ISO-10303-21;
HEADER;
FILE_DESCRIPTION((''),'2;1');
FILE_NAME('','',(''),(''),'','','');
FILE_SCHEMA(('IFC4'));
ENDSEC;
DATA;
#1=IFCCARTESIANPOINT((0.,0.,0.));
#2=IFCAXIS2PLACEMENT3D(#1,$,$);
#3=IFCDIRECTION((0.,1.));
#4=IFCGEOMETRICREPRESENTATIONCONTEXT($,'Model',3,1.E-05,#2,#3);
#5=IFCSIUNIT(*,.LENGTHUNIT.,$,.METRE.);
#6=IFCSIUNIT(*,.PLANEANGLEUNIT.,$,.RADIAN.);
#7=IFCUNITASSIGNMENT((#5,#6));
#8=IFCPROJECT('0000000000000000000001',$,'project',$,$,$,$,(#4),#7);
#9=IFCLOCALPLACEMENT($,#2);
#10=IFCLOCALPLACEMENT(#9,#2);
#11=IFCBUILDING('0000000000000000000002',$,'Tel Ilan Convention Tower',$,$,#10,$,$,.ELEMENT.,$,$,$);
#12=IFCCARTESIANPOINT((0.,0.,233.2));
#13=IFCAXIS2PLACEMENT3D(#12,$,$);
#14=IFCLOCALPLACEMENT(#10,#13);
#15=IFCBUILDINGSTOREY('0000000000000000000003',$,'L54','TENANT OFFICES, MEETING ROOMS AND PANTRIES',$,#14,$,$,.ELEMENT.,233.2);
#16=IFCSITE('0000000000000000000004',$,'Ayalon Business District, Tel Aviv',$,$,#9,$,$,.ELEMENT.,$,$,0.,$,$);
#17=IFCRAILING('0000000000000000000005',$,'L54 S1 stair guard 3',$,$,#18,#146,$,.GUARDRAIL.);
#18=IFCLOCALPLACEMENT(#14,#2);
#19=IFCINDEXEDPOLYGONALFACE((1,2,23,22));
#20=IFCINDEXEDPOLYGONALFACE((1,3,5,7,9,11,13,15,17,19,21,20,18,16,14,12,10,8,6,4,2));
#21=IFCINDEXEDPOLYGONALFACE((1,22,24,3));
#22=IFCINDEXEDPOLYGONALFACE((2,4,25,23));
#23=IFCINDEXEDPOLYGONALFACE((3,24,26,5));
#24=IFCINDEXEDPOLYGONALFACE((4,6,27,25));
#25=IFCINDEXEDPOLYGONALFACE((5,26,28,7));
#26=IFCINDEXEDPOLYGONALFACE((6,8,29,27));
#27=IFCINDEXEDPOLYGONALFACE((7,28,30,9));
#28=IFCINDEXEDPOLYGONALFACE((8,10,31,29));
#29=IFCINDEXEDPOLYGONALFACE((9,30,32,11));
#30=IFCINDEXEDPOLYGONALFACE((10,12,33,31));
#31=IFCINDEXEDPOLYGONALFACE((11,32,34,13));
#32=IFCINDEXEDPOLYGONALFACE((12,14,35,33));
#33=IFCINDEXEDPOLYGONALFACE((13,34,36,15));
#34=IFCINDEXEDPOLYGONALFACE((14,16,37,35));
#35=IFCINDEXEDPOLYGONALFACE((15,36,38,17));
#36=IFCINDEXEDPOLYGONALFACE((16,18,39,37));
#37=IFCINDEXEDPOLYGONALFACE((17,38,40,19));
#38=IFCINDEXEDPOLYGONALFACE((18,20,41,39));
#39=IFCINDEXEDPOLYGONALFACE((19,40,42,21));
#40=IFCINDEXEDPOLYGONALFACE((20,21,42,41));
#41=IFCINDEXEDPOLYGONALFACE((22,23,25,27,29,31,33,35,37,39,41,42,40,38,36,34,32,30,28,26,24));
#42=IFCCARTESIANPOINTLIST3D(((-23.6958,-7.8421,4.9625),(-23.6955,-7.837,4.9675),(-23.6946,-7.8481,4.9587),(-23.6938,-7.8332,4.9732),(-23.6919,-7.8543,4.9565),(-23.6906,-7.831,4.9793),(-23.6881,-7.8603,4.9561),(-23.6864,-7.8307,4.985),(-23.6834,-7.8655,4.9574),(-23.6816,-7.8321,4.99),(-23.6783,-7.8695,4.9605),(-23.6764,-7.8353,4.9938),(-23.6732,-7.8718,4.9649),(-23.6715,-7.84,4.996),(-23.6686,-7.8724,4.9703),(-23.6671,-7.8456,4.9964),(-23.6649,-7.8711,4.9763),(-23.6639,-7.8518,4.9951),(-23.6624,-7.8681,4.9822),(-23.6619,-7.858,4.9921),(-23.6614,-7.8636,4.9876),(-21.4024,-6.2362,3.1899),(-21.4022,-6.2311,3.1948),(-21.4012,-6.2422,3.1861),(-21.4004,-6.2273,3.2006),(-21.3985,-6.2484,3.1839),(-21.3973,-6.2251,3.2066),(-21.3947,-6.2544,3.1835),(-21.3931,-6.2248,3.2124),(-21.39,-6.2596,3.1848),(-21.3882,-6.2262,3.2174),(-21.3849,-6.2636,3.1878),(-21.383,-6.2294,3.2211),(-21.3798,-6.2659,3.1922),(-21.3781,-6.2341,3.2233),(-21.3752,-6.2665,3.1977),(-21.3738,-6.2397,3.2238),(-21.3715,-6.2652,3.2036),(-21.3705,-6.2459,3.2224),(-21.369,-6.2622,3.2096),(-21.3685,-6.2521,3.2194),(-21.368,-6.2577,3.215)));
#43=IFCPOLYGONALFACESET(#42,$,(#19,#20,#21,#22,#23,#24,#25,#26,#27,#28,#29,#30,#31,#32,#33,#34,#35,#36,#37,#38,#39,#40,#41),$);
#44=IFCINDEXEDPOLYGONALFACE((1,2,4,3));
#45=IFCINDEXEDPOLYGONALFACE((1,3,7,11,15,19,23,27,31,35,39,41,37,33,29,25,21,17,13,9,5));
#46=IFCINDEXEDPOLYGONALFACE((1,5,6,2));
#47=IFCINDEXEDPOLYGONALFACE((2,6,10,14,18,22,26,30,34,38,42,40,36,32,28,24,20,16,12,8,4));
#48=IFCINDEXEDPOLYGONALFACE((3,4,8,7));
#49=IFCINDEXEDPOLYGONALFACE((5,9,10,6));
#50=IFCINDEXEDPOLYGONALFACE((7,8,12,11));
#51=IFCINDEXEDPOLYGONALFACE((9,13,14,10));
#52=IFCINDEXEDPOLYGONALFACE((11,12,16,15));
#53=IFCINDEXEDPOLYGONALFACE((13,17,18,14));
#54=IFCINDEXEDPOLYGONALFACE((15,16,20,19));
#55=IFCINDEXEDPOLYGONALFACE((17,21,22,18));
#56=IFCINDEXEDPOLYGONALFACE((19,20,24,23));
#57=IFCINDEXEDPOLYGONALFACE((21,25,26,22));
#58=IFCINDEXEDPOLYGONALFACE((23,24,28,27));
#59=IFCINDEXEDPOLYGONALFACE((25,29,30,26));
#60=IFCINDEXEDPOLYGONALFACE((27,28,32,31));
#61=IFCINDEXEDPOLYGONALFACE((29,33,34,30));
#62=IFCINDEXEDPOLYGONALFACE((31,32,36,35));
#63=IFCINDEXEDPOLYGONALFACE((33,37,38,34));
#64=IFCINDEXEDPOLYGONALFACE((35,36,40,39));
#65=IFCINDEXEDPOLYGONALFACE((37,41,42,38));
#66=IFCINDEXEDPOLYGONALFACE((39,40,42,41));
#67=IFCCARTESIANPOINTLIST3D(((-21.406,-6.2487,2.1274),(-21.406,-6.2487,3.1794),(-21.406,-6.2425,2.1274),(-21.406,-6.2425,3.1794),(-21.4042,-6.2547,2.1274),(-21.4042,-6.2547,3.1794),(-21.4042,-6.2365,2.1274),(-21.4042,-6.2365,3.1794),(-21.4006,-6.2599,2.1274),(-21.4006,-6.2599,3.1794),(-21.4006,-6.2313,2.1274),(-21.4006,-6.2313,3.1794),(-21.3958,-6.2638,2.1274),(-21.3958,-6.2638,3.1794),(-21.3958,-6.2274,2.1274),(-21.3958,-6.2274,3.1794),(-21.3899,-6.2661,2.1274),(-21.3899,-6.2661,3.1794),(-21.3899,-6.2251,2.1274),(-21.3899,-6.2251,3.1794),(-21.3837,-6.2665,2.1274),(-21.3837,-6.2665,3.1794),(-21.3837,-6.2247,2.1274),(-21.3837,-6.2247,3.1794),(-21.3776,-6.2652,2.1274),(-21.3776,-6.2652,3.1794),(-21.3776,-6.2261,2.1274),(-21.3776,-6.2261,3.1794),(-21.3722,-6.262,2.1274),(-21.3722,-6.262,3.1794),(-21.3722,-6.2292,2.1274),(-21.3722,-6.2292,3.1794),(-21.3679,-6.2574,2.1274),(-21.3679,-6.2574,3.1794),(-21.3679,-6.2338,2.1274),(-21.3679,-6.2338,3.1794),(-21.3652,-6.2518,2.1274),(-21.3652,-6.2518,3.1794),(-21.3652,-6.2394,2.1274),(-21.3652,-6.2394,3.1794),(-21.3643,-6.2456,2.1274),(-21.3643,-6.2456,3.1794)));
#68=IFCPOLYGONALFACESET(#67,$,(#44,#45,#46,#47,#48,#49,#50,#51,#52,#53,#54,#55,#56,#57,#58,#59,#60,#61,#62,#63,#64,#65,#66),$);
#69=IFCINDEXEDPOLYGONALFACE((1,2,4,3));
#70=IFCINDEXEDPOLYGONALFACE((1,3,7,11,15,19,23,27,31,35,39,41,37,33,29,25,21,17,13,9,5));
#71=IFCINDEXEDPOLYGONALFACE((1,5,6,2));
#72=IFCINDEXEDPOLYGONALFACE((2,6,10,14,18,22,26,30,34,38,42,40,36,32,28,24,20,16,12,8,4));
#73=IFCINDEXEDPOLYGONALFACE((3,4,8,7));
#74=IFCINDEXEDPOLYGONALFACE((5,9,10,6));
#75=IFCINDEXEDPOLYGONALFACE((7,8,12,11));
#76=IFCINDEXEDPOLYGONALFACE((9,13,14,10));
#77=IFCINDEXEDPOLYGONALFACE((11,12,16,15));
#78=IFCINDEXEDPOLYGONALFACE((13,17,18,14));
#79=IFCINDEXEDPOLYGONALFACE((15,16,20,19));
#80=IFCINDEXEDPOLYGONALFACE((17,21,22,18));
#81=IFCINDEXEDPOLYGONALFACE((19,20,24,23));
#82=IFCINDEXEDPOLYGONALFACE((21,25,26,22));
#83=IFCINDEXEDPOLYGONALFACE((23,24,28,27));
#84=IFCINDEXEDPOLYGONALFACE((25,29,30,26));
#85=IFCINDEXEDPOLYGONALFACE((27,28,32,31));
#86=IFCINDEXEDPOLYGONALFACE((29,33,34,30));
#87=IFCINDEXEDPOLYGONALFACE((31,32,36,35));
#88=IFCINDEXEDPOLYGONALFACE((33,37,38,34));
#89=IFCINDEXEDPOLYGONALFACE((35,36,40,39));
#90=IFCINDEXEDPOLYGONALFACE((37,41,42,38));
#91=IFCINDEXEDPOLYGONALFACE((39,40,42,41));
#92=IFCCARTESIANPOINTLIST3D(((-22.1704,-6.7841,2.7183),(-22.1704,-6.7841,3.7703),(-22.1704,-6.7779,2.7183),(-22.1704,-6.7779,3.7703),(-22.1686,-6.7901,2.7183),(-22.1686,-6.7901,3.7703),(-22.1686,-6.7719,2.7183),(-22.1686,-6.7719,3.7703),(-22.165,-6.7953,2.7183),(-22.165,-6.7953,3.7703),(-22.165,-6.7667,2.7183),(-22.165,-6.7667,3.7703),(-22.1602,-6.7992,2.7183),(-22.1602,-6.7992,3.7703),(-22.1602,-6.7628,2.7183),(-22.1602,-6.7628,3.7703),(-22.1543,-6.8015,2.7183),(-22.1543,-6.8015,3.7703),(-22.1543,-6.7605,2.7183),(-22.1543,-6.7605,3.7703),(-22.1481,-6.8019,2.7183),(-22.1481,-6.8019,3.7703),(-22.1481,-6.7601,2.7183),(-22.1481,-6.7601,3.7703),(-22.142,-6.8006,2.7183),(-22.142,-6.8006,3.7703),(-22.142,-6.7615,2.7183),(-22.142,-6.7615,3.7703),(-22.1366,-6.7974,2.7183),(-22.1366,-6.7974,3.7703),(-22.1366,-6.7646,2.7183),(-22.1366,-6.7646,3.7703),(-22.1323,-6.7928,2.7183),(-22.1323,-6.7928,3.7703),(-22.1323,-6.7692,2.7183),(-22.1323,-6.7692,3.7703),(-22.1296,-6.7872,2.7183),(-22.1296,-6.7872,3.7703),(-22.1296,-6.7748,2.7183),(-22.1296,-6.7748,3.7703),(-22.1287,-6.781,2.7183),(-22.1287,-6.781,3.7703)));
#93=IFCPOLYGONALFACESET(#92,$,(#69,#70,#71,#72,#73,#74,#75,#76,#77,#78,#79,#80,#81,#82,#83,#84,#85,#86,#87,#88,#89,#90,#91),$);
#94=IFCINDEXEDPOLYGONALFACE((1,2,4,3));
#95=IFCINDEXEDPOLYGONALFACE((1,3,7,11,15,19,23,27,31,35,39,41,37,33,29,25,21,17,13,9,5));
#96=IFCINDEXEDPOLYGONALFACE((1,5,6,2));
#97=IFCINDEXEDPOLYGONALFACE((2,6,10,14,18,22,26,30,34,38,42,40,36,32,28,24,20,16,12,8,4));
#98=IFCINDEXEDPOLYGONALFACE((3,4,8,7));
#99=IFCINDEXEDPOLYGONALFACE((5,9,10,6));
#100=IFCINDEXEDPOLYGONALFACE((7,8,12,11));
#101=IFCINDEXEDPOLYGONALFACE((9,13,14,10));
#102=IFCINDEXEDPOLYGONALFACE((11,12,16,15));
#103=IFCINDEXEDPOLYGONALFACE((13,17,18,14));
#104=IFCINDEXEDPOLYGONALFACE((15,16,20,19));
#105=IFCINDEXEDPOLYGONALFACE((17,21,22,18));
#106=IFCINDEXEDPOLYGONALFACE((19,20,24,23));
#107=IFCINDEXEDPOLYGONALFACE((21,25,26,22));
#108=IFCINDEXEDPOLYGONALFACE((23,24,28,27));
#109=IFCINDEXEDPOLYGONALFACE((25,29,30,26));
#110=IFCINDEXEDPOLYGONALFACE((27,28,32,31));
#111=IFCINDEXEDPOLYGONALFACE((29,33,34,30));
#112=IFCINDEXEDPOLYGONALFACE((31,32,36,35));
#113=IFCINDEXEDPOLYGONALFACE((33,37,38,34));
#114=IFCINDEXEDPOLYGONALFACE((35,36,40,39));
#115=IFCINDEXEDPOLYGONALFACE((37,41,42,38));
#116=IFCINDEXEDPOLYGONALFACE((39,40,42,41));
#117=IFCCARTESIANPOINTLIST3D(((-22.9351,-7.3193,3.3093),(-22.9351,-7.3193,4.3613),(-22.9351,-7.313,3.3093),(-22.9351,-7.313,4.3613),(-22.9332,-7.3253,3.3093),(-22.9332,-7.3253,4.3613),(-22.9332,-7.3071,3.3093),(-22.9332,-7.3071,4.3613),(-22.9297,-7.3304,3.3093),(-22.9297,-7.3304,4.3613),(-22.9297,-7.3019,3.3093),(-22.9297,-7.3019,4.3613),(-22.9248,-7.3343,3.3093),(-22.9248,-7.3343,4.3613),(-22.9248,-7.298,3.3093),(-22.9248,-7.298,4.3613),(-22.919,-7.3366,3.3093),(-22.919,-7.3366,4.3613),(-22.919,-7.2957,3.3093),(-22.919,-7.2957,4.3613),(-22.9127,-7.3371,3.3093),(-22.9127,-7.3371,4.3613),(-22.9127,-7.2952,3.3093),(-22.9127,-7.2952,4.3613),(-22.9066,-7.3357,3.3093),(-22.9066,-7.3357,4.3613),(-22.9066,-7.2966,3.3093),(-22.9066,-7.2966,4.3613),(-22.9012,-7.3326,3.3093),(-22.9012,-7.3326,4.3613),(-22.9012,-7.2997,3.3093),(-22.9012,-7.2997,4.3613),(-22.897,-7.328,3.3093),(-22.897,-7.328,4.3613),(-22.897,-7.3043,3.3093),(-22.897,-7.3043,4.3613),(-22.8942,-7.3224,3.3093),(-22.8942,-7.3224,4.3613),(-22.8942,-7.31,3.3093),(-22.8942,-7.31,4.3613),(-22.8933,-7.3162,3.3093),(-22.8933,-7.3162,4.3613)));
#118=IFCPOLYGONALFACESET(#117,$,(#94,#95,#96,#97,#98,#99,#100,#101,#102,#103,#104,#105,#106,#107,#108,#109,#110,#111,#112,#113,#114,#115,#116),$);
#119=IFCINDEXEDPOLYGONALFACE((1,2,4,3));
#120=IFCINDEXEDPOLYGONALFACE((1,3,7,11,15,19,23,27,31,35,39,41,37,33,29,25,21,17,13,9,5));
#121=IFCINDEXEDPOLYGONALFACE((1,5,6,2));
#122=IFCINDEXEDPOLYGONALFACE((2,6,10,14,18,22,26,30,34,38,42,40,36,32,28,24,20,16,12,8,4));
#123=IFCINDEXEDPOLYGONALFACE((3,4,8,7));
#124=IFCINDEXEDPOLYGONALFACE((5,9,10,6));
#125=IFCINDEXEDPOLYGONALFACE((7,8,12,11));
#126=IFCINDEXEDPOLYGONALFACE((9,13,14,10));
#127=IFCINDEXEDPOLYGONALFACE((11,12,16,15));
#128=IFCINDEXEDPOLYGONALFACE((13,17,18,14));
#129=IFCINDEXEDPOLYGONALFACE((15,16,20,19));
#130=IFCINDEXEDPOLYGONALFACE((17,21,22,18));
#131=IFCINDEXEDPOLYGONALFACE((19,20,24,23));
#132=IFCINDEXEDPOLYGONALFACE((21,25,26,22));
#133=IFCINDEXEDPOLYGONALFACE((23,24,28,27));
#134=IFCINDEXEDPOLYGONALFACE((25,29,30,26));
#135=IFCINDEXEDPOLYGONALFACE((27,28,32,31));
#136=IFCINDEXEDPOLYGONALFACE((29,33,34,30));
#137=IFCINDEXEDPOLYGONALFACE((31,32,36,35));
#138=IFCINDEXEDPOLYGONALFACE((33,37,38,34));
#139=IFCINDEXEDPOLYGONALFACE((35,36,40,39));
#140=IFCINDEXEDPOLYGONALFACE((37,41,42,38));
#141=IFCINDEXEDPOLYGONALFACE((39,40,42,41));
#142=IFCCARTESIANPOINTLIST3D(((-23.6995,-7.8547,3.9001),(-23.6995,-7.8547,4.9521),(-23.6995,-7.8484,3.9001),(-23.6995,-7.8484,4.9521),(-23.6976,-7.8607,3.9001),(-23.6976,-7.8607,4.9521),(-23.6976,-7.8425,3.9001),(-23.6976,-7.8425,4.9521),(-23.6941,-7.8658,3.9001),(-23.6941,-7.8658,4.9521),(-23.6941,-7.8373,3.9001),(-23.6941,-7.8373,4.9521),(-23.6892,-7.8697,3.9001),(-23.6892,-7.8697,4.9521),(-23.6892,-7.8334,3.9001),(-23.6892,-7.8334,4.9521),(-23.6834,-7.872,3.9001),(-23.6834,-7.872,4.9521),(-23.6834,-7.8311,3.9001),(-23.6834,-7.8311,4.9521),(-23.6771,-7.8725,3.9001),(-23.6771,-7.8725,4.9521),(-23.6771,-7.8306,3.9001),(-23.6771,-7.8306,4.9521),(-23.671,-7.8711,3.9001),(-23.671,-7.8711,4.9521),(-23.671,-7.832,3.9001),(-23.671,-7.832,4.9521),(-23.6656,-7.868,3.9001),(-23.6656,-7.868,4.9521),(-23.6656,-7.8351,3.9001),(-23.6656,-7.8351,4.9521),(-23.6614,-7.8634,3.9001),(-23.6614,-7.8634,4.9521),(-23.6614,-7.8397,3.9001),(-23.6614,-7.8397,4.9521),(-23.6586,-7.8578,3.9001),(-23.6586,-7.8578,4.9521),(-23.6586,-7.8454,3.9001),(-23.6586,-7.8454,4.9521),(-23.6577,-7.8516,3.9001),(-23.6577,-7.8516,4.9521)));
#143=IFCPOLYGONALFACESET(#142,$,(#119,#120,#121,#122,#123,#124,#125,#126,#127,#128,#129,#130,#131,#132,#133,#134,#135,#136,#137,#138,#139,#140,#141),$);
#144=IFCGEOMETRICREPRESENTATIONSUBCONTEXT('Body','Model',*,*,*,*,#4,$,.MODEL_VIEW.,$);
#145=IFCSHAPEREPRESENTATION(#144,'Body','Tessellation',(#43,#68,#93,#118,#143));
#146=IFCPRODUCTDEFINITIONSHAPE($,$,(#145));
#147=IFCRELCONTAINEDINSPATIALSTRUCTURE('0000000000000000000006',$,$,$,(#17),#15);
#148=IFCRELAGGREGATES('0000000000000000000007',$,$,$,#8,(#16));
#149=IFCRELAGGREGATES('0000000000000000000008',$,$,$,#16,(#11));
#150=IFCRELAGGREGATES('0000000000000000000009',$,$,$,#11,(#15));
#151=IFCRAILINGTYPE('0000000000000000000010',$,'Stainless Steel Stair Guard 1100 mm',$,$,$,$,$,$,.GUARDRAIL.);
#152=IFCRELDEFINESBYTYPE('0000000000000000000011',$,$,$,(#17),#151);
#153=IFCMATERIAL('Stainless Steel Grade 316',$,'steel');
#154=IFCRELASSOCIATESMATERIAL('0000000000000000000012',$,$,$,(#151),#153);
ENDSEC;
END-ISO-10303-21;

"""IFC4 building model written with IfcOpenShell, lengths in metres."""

from ifc_helpers import new_model, si_unit, direction, frame, origin, origin_2d, place, context, subcontext, project, spatial, circle, extrude, material, type_object, element, save


model = new_model("IFC4")

# Units and contexts
model_context = context("Model", 3, precision=1e-05, world=origin(), true_north=direction((0.0, 1.0)))
body_context = subcontext(model_context, "Body", "Model", "MODEL_VIEW")
ifc_project = project(units=[si_unit("LENGTHUNIT", "METRE"), si_unit("PLANEANGLEUNIT", "RADIAN")], contexts=[model_context])

# Site, building, storey
site_placement = place(None, origin())
site = spatial("IfcSite", under=ifc_project, at=site_placement, Name="Ayalon Business District, Tel Aviv", CompositionType="ELEMENT", RefElevation=0.0)
building_placement = place(site_placement, origin())
building = spatial("IfcBuilding", under=site, at=building_placement, Name="Tel Ilan Convention Tower", CompositionType="ELEMENT")
storey_placement = place(building_placement, frame((0.0, 0.0, 233.2)))
storey = spatial("IfcBuildingStorey", under=building, at=storey_placement, Name="L54", Description="TENANT OFFICES, MEETING ROOMS AND PANTRIES", CompositionType="ELEMENT", Elevation=233.2)

# Railing
ifc_material_1 = material(Name="Stainless Steel Grade 316", Category="steel")
railing_type_1 = type_object("IfcRailingType", Name="Stainless Steel Stair Guard 1100 mm", PredefinedType="GUARDRAIL", material=ifc_material_1)
railing_1_placement = place(storey_placement, frame((-21.3853, -6.2456, 2.1274)))
element("IfcRailing", 1, at=railing_1_placement, inside=storey, type_object=railing_type_1, Name="L54 S1 stair guard 3", PredefinedType="GUARDRAIL", context=body_context, shape_type="SweptSolid", body=[
    extrude(circle(Radius=0.0239, at=origin_2d()), frame((0.0, 0.0, 1.0762), z_axis=(-0.692085, -0.484621, 0.53494), x_axis=(0.573591, -0.819142, 0.0)), (0.0, 0.0, 1.0), 3.3137),
    extrude(circle(Radius=0.021, at=origin_2d()), origin(), (0.0, 0.0, 1.0), 1.052),
    extrude(circle(Radius=0.021, at=origin_2d()), frame((-0.7644, -0.5354, 0.5908)), (0.0, 0.0, 1.0), 1.052),
    extrude(circle(Radius=0.021, at=origin_2d()), frame((-1.5291, -1.0706, 1.1819)), (0.0, 0.0, 1.0), 1.052),
    extrude(circle(Radius=0.021, at=origin_2d()), frame((-2.2935, -1.606, 1.7727)), (0.0, 0.0, 1.0), 1.052),
])

save(model, "model.ifc")
